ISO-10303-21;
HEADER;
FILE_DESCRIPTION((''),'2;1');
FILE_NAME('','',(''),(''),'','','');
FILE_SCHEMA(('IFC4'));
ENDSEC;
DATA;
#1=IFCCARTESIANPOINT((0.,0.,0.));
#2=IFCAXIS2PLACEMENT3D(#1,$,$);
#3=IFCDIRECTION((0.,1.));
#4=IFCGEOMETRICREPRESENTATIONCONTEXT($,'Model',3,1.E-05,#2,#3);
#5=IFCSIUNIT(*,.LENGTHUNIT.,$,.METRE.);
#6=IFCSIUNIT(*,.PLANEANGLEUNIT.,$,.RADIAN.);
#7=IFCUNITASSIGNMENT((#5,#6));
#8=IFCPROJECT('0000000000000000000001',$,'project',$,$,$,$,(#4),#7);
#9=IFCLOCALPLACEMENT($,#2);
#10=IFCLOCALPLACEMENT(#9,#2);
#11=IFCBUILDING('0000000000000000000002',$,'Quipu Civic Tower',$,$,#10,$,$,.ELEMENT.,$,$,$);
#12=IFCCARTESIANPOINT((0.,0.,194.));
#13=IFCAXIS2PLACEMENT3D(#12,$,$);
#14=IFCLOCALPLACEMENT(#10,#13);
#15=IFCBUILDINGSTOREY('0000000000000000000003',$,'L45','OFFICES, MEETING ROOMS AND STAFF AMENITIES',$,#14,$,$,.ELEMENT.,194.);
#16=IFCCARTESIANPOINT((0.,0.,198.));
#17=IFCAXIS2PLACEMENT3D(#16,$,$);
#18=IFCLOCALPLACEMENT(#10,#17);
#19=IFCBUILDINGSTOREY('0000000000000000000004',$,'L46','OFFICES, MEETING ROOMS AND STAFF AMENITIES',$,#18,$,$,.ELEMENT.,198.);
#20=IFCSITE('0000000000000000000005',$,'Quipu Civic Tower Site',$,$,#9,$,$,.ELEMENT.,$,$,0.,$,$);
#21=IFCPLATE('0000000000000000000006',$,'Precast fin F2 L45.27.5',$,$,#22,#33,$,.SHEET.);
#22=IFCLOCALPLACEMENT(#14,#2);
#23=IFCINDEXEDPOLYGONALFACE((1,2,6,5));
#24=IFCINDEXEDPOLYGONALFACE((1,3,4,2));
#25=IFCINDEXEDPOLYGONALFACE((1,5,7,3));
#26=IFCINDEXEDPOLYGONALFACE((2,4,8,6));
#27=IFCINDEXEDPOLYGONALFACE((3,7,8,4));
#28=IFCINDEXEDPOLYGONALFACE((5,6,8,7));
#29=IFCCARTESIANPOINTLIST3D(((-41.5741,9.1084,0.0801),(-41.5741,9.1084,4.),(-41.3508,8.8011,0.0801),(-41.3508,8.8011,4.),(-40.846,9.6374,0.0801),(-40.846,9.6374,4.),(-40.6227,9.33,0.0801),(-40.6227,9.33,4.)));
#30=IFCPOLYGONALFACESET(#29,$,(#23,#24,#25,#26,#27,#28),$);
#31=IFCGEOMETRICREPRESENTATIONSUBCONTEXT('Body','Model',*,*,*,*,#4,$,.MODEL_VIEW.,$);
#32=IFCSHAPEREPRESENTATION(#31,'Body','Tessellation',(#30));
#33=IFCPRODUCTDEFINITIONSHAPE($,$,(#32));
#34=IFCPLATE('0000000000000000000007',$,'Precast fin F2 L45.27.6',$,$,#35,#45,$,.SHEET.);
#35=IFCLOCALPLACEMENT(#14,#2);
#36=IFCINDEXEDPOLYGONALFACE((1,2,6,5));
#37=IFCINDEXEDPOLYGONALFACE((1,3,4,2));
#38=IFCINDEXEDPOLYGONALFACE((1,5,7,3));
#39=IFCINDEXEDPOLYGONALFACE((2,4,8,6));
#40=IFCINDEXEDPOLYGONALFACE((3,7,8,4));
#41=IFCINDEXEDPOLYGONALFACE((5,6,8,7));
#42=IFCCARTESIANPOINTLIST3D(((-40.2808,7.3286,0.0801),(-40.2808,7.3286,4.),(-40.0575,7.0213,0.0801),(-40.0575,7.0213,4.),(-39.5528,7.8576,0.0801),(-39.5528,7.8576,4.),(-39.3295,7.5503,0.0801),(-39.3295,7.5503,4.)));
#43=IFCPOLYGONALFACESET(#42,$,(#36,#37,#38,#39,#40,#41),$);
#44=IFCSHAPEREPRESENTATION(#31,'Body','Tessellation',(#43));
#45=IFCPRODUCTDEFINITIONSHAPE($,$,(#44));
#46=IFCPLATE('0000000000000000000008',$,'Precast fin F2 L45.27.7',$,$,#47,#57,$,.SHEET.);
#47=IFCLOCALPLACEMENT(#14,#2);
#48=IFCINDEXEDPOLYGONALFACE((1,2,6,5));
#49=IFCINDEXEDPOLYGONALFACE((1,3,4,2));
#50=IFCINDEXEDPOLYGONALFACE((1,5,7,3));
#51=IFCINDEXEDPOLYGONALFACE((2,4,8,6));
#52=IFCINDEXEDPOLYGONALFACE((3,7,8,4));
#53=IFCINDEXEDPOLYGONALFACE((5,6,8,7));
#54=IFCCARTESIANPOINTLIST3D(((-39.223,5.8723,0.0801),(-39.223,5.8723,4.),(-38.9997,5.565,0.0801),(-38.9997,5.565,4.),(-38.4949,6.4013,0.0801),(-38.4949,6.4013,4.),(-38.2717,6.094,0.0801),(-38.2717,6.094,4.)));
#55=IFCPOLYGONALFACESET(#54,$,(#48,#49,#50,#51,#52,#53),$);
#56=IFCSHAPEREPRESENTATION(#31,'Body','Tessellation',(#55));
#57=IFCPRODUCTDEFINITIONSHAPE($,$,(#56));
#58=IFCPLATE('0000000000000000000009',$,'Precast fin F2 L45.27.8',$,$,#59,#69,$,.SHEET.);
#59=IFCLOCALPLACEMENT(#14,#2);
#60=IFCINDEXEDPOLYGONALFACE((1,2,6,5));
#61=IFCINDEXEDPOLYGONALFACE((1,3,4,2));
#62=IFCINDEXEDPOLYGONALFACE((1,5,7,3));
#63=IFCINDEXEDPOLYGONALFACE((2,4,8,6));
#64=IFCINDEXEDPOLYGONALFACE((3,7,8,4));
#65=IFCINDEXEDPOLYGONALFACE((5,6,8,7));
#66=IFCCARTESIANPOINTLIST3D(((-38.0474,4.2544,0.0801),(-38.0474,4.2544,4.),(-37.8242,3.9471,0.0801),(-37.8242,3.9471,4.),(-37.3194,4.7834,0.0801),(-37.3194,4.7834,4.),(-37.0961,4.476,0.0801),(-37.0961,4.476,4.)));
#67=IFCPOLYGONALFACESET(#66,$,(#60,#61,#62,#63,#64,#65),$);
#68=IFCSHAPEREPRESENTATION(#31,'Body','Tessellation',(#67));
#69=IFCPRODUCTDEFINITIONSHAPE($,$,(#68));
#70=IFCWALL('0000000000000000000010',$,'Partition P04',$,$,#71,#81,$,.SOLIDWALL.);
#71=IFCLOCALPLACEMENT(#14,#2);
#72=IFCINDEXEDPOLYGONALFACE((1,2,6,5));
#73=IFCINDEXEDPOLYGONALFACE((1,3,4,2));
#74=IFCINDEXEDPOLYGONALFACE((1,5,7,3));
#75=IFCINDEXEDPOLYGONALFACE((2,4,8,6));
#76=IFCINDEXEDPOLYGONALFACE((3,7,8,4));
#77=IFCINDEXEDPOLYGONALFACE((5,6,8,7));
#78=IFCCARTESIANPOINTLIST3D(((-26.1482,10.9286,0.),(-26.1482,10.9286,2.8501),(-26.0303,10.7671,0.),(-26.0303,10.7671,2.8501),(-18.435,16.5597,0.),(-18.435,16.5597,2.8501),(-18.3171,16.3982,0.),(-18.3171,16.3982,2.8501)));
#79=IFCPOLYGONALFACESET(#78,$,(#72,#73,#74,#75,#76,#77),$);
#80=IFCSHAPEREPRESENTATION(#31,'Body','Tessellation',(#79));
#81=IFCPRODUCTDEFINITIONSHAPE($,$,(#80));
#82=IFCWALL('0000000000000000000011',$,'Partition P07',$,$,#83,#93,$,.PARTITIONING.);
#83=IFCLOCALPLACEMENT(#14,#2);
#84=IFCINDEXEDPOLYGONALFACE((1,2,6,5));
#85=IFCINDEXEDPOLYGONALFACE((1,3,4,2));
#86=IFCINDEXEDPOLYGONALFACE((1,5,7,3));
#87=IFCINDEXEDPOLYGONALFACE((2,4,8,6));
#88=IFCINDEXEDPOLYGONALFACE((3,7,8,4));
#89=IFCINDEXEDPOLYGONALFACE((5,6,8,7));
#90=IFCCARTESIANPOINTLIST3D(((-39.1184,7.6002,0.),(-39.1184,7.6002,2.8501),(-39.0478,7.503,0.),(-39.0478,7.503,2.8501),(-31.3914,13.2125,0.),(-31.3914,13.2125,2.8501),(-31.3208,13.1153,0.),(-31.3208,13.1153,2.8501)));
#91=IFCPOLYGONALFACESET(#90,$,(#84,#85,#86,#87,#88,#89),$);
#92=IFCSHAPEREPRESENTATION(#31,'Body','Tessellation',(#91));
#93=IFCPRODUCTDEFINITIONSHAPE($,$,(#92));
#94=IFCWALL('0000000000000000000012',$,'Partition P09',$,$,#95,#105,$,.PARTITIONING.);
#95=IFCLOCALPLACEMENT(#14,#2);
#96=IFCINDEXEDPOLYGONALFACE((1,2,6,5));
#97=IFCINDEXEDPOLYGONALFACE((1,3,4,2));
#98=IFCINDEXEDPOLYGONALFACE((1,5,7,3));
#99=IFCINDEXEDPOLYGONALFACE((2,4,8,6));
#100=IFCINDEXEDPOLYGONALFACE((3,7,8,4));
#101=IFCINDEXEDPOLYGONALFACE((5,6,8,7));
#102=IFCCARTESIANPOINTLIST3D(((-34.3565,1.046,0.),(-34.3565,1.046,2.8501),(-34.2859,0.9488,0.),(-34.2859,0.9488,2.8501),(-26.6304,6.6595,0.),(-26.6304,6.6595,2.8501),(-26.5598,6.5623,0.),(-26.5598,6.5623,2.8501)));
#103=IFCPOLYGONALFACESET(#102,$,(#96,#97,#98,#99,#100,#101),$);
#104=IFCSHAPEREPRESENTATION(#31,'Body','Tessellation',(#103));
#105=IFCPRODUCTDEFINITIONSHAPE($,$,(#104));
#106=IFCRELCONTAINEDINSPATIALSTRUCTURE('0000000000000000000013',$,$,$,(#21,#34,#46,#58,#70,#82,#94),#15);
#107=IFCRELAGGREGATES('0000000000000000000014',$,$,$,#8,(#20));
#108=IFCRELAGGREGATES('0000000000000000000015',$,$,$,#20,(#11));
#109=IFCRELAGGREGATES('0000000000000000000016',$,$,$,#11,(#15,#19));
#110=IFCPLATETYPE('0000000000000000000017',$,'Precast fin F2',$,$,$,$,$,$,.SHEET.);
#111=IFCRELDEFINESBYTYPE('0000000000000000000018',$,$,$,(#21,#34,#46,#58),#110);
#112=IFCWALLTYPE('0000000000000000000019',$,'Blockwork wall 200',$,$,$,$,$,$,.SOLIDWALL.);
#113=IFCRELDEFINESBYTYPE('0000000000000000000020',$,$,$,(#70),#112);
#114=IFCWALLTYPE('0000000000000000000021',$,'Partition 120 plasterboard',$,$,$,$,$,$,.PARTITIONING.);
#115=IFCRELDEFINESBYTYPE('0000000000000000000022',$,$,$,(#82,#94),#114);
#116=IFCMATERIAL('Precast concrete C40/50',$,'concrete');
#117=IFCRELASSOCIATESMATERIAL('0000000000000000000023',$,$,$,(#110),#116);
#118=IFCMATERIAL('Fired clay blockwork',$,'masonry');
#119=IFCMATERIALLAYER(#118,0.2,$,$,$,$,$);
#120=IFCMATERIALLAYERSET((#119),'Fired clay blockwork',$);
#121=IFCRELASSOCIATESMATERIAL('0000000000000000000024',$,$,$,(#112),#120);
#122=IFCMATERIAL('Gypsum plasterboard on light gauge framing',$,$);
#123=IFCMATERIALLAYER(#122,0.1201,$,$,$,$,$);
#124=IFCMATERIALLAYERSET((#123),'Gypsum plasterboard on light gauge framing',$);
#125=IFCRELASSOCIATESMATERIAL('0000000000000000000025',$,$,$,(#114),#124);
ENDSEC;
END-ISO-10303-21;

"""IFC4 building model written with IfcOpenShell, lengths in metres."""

from ifc_helpers import new_model, si_unit, direction, frame, frame_2d, origin, origin_2d, place, context, subcontext, project, spatial, rectangle, extrude, material, layer, layer_set, type_object, element, save


model = new_model("IFC4")

# Units and contexts
model_context = context("Model", 3, precision=1e-05, world=origin(), true_north=direction((0.0, 1.0)))
body_context = subcontext(model_context, "Body", "Model", "MODEL_VIEW")
ifc_project = project(units=[si_unit("LENGTHUNIT", "METRE"), si_unit("PLANEANGLEUNIT", "RADIAN")], contexts=[model_context])

# Site, building, storey
site_placement = place(None, origin())
site = spatial("IfcSite", under=ifc_project, at=site_placement, Name="Quipu Civic Tower Site", CompositionType="ELEMENT", RefElevation=0.0)
building_placement = place(site_placement, origin())
building = spatial("IfcBuilding", under=site, at=building_placement, Name="Quipu Civic Tower", CompositionType="ELEMENT")
storey_1_placement = place(building_placement, frame((0.0, 0.0, 194.0)))
storey_1 = spatial("IfcBuildingStorey", under=building, at=storey_1_placement, Name="L45", Description="OFFICES, MEETING ROOMS AND STAFF AMENITIES", CompositionType="ELEMENT", Elevation=194.0)

# Shared definitions
storey_2_placement = place(building_placement, frame((0.0, 0.0, 198.0)))
storey_2 = spatial("IfcBuildingStorey", under=building, at=storey_2_placement, Name="L46", Description="OFFICES, MEETING ROOMS AND STAFF AMENITIES", CompositionType="ELEMENT", Elevation=198.0)

# Plates
ifc_material_1 = material(Name="Precast concrete C40/50", Category="concrete")
plate_type_1 = type_object("IfcPlateType", Name="Precast fin F2", PredefinedType="SHEET", material=ifc_material_1)
for number, where, z_axis, x_axis, name in (
    (1, (-41.0984, 9.2192, 0.0801), (0.0, 0.0, 1.0), (0.587786, -0.809017, 0.0), "Precast fin F2 L45.27.5"),
    (2, (-39.8052, 7.4395, 0.0801), (0.0, 0.0, 1.0), (0.587786, -0.809017, 0.0), "Precast fin F2 L45.27.6"),
    (3, (-38.7473, 5.9832, 0.0801), (0.0, 0.0, 1.0), (0.587786, -0.809017, 0.0), "Precast fin F2 L45.27.7"),
    (4, (-37.5718, 4.3652, 0.0801), (0.0, 0.0, 1.0), (0.587786, -0.809017, 0.0), "Precast fin F2 L45.27.8"),
):
    element("IfcPlate", number, at=place(storey_1_placement, frame(where, z_axis=z_axis, x_axis=x_axis)), inside=storey_1, type_object=plate_type_1, Name=name, PredefinedType="SHEET", context=body_context, shape_type="SweptSolid", body=[
        extrude(rectangle(XDim=0.3799, YDim=0.8999, at=origin_2d()), origin(), (0.0, 0.0, 1.0), 3.9199),
    ])

# Walls
ifc_material_2 = material(Name="Fired clay blockwork", Category="masonry")
ifc_layer_1 = layer(ifc_material_2, 0.2)
ifc_layer_set_1 = layer_set([ifc_layer_1], Name="Fired clay blockwork")
wall_type_1 = type_object("IfcWallType", Name="Blockwork wall 200", PredefinedType="SOLIDWALL", material=ifc_layer_set_1)
wall_placement = place(storey_1_placement, frame((-26.0891, 10.8479, 0.0), z_axis=(0.0, 0.0, 1.0), x_axis=(0.807661, 0.589647, 0.0)))
element("IfcWall", 5, at=wall_placement, inside=storey_1, type_object=wall_type_1, Name="Partition P04", PredefinedType="SOLIDWALL", context=body_context, shape_type="SweptSolid", body=[
    extrude(rectangle(XDim=9.55, YDim=0.2, at=frame_2d((4.7749, 0.0))), origin(), (0.0, 0.0, 1.0), 2.8501),
])
ifc_material_3 = material(Name="Gypsum plasterboard on light gauge framing")
ifc_layer_2 = layer(ifc_material_3, 0.1201)
ifc_layer_set_2 = layer_set([ifc_layer_2], Name="Gypsum plasterboard on light gauge framing")
wall_type_2 = type_object("IfcWallType", Name="Partition 120 plasterboard", PredefinedType="PARTITIONING", material=ifc_layer_set_2)
for number, where, z_axis, x_axis, name in (
    (6, (-31.3562, 13.1638, 0.0), (0.0, 0.0, 1.0), (-0.809103, -0.587667, 0.0), "Partition P07"),
    (7, (-26.5952, 6.6108, 0.0), (0.0, 0.0, 1.0), (-0.809007, -0.587799, 0.0), "Partition P09"),
):
    element("IfcWall", number, at=place(storey_1_placement, frame(where, z_axis=z_axis, x_axis=x_axis)), inside=storey_1, type_object=wall_type_2, Name=name, PredefinedType="PARTITIONING", context=body_context, shape_type="SweptSolid", body=[
        extrude(rectangle(XDim=9.55, YDim=0.1201, at=frame_2d((4.7749, 0.0))), origin(), (0.0, 0.0, 1.0), 2.8501),
    ])

save(model, "model.ifc")
